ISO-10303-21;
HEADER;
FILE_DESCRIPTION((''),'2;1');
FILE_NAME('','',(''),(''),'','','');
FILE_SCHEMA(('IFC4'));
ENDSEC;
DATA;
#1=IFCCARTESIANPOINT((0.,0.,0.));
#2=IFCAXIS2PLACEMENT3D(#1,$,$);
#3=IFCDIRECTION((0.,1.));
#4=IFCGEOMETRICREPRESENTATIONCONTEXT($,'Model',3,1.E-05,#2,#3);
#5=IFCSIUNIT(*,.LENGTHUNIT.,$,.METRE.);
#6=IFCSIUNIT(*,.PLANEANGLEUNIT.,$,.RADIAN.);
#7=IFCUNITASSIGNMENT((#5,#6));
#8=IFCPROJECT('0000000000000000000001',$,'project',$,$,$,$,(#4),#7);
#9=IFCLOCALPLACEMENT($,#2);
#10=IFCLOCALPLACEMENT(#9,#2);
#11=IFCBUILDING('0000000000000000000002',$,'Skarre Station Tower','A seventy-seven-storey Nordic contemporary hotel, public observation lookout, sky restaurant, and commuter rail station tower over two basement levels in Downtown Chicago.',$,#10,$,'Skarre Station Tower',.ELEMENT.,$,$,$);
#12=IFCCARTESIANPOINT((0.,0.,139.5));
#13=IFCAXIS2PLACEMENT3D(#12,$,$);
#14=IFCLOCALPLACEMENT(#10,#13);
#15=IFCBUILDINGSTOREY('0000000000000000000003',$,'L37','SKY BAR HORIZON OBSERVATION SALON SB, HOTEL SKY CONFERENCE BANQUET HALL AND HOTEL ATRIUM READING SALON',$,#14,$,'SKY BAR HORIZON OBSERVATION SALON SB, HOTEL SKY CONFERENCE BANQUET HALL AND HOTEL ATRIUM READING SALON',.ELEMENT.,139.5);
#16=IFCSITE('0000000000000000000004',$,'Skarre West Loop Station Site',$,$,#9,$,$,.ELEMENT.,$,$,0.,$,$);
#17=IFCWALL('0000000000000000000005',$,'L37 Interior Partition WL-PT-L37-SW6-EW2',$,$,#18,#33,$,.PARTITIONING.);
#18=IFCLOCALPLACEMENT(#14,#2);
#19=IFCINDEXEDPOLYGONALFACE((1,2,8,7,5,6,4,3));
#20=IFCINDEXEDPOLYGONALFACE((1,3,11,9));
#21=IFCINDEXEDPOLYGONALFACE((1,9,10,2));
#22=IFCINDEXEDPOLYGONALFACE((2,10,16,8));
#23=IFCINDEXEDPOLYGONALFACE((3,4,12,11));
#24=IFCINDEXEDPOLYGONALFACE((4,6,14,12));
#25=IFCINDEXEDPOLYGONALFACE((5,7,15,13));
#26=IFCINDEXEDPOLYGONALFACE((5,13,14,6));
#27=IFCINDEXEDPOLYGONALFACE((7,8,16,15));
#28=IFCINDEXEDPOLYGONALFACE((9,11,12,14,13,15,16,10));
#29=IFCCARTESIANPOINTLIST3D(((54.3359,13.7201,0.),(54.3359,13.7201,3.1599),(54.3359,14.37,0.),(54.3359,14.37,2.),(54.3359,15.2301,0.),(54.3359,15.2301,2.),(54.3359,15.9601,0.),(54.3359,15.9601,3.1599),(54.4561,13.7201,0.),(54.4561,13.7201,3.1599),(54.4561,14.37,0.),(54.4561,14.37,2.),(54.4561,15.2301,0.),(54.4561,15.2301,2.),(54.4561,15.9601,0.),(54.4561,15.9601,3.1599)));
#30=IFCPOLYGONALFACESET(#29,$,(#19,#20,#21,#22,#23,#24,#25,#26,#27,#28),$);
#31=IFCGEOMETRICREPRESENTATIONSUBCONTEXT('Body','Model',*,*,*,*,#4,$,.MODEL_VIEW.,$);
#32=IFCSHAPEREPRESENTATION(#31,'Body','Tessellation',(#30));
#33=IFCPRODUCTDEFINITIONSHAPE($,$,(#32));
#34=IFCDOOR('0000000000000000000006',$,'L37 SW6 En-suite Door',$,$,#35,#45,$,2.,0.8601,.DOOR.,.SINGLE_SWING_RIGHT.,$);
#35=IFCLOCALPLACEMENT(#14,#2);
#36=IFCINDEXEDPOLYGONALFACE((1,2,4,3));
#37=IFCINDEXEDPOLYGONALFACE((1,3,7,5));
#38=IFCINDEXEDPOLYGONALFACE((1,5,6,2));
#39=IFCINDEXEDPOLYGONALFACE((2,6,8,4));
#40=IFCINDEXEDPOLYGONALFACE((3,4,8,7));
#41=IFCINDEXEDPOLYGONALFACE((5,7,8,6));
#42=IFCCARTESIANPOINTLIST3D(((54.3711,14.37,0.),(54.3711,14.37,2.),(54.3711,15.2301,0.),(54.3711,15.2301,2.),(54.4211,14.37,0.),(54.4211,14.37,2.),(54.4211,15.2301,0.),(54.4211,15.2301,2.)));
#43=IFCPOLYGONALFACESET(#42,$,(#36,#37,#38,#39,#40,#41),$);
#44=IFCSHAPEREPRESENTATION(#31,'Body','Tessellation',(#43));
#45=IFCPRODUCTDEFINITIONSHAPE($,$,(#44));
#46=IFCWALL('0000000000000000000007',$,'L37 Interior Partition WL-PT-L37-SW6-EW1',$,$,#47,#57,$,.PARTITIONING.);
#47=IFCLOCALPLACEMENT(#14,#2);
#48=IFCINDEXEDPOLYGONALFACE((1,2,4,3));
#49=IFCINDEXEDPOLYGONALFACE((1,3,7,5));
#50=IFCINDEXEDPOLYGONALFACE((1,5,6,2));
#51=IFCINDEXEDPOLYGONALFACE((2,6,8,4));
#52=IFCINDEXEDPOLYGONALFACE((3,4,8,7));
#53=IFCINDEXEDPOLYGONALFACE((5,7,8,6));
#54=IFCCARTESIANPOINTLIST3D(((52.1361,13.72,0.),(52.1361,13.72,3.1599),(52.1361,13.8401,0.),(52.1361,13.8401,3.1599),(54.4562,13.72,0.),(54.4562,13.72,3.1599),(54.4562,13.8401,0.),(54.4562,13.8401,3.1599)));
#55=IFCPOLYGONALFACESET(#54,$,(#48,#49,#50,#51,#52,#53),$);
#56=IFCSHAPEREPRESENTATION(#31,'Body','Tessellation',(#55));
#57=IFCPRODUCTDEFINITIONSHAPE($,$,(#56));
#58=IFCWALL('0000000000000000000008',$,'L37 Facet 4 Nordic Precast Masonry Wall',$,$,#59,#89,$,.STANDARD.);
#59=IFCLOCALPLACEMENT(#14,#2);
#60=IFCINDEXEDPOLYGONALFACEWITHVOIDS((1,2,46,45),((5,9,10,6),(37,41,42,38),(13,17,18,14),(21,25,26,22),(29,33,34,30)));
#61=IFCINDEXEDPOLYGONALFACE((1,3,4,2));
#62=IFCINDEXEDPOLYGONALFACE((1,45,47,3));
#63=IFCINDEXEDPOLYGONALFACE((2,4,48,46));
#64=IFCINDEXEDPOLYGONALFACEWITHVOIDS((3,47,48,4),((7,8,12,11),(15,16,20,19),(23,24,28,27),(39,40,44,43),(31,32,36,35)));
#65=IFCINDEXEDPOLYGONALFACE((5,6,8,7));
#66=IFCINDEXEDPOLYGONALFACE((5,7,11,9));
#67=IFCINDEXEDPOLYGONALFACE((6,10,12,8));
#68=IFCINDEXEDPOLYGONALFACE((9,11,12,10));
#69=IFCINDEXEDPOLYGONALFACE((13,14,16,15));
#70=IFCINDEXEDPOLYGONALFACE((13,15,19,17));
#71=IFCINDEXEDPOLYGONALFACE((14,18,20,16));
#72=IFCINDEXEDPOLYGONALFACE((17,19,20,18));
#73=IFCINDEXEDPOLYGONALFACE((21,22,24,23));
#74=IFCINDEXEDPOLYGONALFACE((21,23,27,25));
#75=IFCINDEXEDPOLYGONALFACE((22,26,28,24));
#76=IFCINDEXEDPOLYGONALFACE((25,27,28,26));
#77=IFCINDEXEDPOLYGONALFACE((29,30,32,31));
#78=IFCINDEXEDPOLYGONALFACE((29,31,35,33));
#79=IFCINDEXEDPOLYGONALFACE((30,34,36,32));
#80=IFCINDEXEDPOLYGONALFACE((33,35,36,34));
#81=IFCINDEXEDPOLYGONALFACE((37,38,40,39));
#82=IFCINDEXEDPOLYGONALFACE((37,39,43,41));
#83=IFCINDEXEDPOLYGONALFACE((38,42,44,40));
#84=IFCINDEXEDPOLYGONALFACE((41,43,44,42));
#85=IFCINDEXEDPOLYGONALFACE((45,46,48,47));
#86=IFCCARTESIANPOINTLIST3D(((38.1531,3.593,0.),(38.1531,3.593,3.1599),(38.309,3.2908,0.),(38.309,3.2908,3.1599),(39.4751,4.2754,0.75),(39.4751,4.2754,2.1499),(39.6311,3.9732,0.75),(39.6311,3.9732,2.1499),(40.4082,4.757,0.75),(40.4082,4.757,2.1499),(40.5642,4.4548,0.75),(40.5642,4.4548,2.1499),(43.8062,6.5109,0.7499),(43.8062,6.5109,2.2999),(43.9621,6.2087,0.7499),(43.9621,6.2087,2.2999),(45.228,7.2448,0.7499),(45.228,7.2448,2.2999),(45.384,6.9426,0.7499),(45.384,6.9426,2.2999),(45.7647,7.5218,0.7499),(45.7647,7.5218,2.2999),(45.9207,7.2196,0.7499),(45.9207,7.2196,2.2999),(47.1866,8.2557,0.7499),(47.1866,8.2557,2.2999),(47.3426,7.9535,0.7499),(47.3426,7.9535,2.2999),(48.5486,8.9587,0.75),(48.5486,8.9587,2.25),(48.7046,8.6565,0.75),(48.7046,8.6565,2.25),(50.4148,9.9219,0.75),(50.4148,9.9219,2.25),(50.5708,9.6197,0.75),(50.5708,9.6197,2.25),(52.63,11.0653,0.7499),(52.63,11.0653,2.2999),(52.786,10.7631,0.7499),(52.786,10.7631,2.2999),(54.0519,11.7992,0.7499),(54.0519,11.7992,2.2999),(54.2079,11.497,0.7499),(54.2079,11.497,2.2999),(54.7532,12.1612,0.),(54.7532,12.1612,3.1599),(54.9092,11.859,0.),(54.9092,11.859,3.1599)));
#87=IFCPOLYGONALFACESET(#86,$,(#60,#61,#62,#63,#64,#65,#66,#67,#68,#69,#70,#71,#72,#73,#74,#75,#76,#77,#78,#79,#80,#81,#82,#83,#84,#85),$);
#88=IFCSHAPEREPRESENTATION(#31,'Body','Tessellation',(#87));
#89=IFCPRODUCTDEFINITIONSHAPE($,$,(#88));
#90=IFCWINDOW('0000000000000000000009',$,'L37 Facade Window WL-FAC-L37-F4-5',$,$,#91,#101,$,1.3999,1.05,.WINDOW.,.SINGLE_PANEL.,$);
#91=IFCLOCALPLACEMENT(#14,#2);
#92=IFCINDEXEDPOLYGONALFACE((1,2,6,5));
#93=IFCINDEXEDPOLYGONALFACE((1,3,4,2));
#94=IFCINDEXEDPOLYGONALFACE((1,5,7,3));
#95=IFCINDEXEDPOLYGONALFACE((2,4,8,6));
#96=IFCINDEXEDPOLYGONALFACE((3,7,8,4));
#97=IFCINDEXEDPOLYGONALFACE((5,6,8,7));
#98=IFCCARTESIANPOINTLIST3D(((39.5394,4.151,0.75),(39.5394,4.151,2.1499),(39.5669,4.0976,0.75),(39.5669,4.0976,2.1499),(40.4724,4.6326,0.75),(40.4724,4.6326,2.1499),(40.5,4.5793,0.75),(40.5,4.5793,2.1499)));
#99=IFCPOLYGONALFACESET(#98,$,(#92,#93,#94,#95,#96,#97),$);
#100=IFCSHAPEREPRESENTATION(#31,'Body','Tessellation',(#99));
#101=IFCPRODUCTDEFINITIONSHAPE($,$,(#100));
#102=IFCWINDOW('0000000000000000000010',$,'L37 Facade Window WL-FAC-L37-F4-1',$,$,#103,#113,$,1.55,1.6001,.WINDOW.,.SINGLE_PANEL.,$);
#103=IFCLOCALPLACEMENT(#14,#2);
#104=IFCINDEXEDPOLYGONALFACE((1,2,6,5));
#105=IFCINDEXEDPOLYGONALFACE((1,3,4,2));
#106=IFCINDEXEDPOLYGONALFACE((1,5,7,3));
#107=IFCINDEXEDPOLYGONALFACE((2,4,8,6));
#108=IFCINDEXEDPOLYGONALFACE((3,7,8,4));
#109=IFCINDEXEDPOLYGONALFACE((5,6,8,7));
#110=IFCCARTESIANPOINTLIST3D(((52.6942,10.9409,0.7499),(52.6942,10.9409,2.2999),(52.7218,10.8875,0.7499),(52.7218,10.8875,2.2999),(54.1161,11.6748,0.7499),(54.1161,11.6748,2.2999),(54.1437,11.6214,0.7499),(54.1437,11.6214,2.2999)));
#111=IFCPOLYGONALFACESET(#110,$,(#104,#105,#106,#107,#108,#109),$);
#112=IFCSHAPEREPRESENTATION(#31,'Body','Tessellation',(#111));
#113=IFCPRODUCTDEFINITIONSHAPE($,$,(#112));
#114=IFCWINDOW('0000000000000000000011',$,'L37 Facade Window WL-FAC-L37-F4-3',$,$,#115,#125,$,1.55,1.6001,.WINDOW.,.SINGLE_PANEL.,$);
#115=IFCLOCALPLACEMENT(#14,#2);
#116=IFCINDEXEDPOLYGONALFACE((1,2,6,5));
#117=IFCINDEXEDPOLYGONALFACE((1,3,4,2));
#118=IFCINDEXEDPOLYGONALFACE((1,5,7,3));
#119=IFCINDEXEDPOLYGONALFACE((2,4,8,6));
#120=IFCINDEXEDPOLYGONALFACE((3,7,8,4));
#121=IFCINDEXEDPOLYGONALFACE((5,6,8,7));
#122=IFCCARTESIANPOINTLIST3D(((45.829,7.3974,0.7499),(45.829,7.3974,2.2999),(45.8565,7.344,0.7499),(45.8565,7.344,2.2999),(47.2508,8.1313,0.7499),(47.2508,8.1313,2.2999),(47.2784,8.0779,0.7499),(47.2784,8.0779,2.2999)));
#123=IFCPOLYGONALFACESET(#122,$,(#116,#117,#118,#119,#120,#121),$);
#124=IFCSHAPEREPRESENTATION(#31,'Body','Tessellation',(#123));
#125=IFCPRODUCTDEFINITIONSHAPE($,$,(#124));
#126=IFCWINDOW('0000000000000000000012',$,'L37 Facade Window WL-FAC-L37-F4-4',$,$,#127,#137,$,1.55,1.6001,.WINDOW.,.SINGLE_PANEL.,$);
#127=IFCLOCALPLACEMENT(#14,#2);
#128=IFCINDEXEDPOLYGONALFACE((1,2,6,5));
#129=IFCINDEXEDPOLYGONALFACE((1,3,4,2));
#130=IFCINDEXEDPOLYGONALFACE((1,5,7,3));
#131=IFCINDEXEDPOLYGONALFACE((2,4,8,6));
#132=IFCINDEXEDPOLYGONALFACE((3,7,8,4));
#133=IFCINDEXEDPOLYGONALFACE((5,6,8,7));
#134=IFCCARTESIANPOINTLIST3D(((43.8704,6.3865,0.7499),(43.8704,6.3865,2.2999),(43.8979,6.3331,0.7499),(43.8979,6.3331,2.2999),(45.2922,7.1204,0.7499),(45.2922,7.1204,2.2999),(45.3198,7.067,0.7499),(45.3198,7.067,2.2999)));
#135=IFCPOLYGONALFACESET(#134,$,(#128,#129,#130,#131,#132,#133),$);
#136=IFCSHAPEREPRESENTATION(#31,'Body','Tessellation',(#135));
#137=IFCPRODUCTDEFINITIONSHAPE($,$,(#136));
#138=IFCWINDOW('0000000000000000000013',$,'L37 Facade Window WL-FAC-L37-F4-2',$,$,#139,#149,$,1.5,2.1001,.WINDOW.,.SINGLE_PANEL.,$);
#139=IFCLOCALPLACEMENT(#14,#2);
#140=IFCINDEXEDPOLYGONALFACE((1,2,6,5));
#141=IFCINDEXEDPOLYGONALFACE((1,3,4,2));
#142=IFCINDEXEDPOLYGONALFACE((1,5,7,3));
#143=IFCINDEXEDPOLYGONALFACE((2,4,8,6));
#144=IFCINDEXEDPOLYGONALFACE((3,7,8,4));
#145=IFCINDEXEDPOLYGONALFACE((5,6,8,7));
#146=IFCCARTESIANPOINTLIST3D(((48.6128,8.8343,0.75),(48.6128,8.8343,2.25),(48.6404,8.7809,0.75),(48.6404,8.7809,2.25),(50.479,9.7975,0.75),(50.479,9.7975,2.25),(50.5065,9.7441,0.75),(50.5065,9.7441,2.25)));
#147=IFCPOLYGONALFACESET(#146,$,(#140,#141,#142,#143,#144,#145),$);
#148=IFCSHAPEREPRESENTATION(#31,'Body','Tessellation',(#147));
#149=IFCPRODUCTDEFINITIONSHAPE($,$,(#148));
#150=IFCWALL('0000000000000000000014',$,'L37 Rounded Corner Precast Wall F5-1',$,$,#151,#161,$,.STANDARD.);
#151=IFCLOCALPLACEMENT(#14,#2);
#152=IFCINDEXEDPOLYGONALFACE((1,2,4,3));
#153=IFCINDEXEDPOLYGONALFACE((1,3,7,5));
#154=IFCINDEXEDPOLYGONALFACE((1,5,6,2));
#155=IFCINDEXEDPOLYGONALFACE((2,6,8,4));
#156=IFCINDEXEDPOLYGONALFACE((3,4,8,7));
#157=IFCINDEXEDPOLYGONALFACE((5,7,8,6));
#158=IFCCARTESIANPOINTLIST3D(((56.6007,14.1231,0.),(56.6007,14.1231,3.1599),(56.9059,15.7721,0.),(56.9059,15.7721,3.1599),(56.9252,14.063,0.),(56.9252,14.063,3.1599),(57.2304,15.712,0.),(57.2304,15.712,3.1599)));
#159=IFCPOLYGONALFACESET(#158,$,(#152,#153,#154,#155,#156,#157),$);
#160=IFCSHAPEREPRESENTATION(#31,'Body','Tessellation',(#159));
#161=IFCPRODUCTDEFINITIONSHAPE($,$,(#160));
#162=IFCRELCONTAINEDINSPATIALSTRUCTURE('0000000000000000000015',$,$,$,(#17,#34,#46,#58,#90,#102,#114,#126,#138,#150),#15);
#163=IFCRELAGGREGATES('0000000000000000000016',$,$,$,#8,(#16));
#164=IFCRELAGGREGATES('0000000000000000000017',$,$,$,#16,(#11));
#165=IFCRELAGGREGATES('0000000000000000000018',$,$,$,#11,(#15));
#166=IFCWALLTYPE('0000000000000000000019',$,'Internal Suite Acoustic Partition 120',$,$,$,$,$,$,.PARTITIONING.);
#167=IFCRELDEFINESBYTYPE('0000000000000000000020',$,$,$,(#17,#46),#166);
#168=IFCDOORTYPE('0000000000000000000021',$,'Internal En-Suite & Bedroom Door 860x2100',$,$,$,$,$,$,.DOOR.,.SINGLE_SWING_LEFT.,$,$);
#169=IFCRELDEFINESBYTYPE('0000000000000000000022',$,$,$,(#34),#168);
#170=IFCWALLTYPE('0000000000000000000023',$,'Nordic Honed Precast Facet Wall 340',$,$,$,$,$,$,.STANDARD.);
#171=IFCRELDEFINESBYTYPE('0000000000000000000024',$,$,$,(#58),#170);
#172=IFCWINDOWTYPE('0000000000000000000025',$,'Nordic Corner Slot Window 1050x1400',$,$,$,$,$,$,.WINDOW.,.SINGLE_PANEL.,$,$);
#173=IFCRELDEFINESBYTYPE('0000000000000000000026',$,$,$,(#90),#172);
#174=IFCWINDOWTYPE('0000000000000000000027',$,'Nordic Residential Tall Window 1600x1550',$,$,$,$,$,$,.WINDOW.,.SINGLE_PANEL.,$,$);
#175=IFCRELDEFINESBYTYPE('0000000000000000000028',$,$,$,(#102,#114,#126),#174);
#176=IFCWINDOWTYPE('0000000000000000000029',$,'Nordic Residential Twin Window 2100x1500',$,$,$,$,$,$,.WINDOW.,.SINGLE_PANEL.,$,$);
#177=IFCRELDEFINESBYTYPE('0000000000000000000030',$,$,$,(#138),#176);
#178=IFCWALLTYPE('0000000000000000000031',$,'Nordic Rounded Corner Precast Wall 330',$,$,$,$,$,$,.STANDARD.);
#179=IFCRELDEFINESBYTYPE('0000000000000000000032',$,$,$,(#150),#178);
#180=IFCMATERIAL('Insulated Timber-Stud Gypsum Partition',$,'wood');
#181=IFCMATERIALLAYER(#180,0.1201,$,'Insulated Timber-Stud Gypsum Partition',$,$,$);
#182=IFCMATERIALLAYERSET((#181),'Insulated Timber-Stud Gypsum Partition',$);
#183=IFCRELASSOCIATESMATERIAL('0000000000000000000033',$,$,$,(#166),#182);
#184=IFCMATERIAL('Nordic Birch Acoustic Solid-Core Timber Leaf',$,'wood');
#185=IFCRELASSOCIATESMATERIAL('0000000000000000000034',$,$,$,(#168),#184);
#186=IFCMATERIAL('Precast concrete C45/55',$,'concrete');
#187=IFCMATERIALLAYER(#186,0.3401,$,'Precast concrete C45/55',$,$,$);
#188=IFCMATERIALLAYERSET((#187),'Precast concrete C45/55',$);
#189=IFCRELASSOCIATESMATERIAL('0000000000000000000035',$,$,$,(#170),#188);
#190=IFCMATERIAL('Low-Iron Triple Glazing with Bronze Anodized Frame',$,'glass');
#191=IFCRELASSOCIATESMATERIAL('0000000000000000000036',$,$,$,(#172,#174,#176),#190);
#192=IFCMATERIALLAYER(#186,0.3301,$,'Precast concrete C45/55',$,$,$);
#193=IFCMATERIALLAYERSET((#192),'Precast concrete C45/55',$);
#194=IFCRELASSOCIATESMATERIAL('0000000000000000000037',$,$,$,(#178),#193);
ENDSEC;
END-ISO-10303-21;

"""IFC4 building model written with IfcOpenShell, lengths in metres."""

from ifc_helpers import new_model, si_unit, direction, frame, frame_2d, origin, place, context, subcontext, project, spatial, rectangle, extrude, material, layer, layer_set, type_object, element, fill, save


model = new_model("IFC4")

# Units and contexts
model_context = context("Model", 3, precision=1e-05, world=origin(), true_north=direction((0.0, 1.0)))
body_context = subcontext(model_context, "Body", "Model", "MODEL_VIEW")
ifc_project = project(units=[si_unit("LENGTHUNIT", "METRE"), si_unit("PLANEANGLEUNIT", "RADIAN")], contexts=[model_context])

# Site, building, storey
site_placement = place(None, origin())
site = spatial("IfcSite", under=ifc_project, at=site_placement, Name="Skarre West Loop Station Site", CompositionType="ELEMENT", RefElevation=0.0)
building_placement = place(site_placement, origin())
building = spatial("IfcBuilding", under=site, at=building_placement, Name="Skarre Station Tower", Description="A seventy-seven-storey Nordic contemporary hotel, public observation lookout, sky restaurant, and commuter rail station tower over two basement levels in Downtown Chicago.", LongName="Skarre Station Tower", CompositionType="ELEMENT")
storey_placement = place(building_placement, frame((0.0, 0.0, 139.5)))
storey = spatial("IfcBuildingStorey", under=building, at=storey_placement, Name="L37", Description="SKY BAR HORIZON OBSERVATION SALON SB, HOTEL SKY CONFERENCE BANQUET HALL AND HOTEL ATRIUM READING SALON", LongName="SKY BAR HORIZON OBSERVATION SALON SB, HOTEL SKY CONFERENCE BANQUET HALL AND HOTEL ATRIUM READING SALON", CompositionType="ELEMENT", Elevation=139.5)

# Wall, opening, door
ifc_material_1 = material(Name="Insulated Timber-Stud Gypsum Partition", Category="wood")
ifc_layer_1 = layer(ifc_material_1, 0.1201, Name="Insulated Timber-Stud Gypsum Partition")
ifc_layer_set_1 = layer_set([ifc_layer_1], Name="Insulated Timber-Stud Gypsum Partition")
wall_type_1 = type_object("IfcWallType", Name="Internal Suite Acoustic Partition 120", PredefinedType="PARTITIONING", material=ifc_layer_set_1)
wall_1_placement = place(storey_placement, frame((54.396, 13.72, 0.0), z_axis=(0.0, 0.0, 1.0), x_axis=(0.0, 1.0, 0.0)))
wall_1 = element("IfcWall", 1, at=wall_1_placement, inside=storey, type_object=wall_type_1, Name="L37 Interior Partition WL-PT-L37-SW6-EW2", PredefinedType="PARTITIONING", context=body_context, shape_type="SweptSolid", body=[
    extrude(rectangle(XDim=2.24, YDim=0.1201, at=frame_2d((1.1201, 0.0))), origin(), (0.0, 0.0, 1.0), 3.1599),
])
opening_1_placement = place(wall_1_placement, frame((0.6499, 0.0, 0.0)))
opening_1 = element("IfcOpeningElement", 2, at=opening_1_placement, cuts=wall_1, PredefinedType="OPENING", context=body_context, shape_type="SweptSolid", body=[
    extrude(rectangle(XDim=0.8601, YDim=2.0, at=frame_2d((0.4302, 1.0))), frame((0.0, 0.0701, 0.0), z_axis=(0.0, -1.0, 0.0), x_axis=(1.0, 0.0, 0.0)), (0.0, 0.0, 1.0), 0.1401),
])
ifc_material_2 = material(Name="Nordic Birch Acoustic Solid-Core Timber Leaf", Category="wood")
door_type_1 = type_object("IfcDoorType", Name="Internal En-Suite & Bedroom Door 860x2100", OperationType="SINGLE_SWING_LEFT", PredefinedType="DOOR", material=ifc_material_2)
door_1_placement = place(opening_1_placement, origin())
door_1 = element("IfcDoor", 3, at=door_1_placement, inside=storey, type_object=door_type_1, Name="L37 SW6 En-suite Door", OperationType="SINGLE_SWING_RIGHT", OverallHeight=2.0, OverallWidth=0.8601, PredefinedType="DOOR", context=body_context, shape_type="SweptSolid", body=[
    extrude(rectangle(XDim=0.8601, YDim=2.0, at=frame_2d((0.4302, 1.0))), frame((0.0, 0.0249, 0.0), z_axis=(0.0, -1.0, 0.0), x_axis=(1.0, 0.0, 0.0)), (0.0, 0.0, 1.0), 0.05),
])
fill(opening_1, door_1)

# Wall
wall_2_placement = place(storey_placement, frame((52.136, 13.78, 0.0), z_axis=(0.0, 0.0, 1.0), x_axis=(1.0, 0.0, 0.0)))
element("IfcWall", 4, at=wall_2_placement, inside=storey, type_object=wall_type_1, Name="L37 Interior Partition WL-PT-L37-SW6-EW1", PredefinedType="PARTITIONING", context=body_context, shape_type="SweptSolid", body=[
    extrude(rectangle(XDim=2.3201, YDim=0.1201, at=frame_2d((1.1602, 0.0))), origin(), (0.0, 0.0, 1.0), 3.1599),
])

# Wall, openings, windows
ifc_material_3 = material(Name="Precast concrete C45/55", Category="concrete")
ifc_layer_2 = layer(ifc_material_3, 0.3401, Name="Precast concrete C45/55")
ifc_layer_set_2 = layer_set([ifc_layer_2], Name="Precast concrete C45/55")
wall_type_2 = type_object("IfcWallType", Name="Nordic Honed Precast Facet Wall 340", PredefinedType="STANDARD", material=ifc_layer_set_2)
wall_3_placement = place(storey_placement, frame((54.8311, 12.01, 0.0), z_axis=(0.0, 0.0, 1.0), x_axis=(-0.888614, -0.458657, 0.0)))
wall_3 = element("IfcWall", 5, at=wall_3_placement, inside=storey, type_object=wall_type_2, Name="L37 Facet 4 Nordic Precast Masonry Wall", PredefinedType="STANDARD", context=body_context, shape_type="SweptSolid", body=[
    extrude(rectangle(XDim=18.6809, YDim=0.3401, at=frame_2d((9.3403, 0.0))), origin(), (0.0, 0.0, 1.0), 3.1599),
])
opening_2_placement = place(wall_3_placement, frame((0.7891, 0.0, 0.75)))
opening_2 = element("IfcOpeningElement", 6, at=opening_2_placement, cuts=wall_3, PredefinedType="OPENING", context=body_context, shape_type="SweptSolid", body=[
    extrude(rectangle(XDim=1.6001, YDim=1.55, at=frame_2d((0.8, 0.7749))), frame((0.0, 0.1799, 0.0), z_axis=(0.0, -1.0, 0.0), x_axis=(1.0, 0.0, 0.0)), (0.0, 0.0, 1.0), 0.3601),
])
opening_3_placement = place(wall_3_placement, frame((4.8821, 0.0, 0.75)))
opening_3 = element("IfcOpeningElement", 7, at=opening_3_placement, cuts=wall_3, PredefinedType="OPENING", context=body_context, shape_type="SweptSolid", body=[
    extrude(rectangle(XDim=2.1001, YDim=1.5, at=frame_2d((1.05, 0.75))), frame((0.0, 0.1799, 0.0), z_axis=(0.0, -1.0, 0.0), x_axis=(1.0, 0.0, 0.0)), (0.0, 0.0, 1.0), 0.3601),
])
opening_4_placement = place(wall_3_placement, frame((8.5149, 0.0, 0.75)))
opening_4 = element("IfcOpeningElement", 8, at=opening_4_placement, cuts=wall_3, PredefinedType="OPENING", context=body_context, shape_type="SweptSolid", body=[
    extrude(rectangle(XDim=1.6001, YDim=1.55, at=frame_2d((0.8, 0.7749))), frame((0.0, 0.1799, 0.0), z_axis=(0.0, -1.0, 0.0), x_axis=(1.0, 0.0, 0.0)), (0.0, 0.0, 1.0), 0.3601),
])
opening_5_placement = place(wall_3_placement, frame((10.719, 0.0, 0.75)))
opening_5 = element("IfcOpeningElement", 9, at=opening_5_placement, cuts=wall_3, PredefinedType="OPENING", context=body_context, shape_type="SweptSolid", body=[
    extrude(rectangle(XDim=1.6001, YDim=1.55, at=frame_2d((0.8, 0.7749))), frame((0.0, 0.1799, 0.0), z_axis=(0.0, -1.0, 0.0), x_axis=(1.0, 0.0, 0.0)), (0.0, 0.0, 1.0), 0.3601),
])
opening_6_placement = place(wall_3_placement, frame((16.1431, 0.0, 0.75)))
opening_6 = element("IfcOpeningElement", 10, at=opening_6_placement, cuts=wall_3, PredefinedType="OPENING", context=body_context, shape_type="SweptSolid", body=[
    extrude(rectangle(XDim=1.05, YDim=1.3999, at=frame_2d((0.5249, 0.7))), frame((0.0, 0.1799, 0.0), z_axis=(0.0, -1.0, 0.0), x_axis=(1.0, 0.0, 0.0)), (0.0, 0.0, 1.0), 0.3601),
])
ifc_material_4 = material(Name="Low-Iron Triple Glazing with Bronze Anodized Frame", Category="glass")
window_type_1 = type_object("IfcWindowType", Name="Nordic Corner Slot Window 1050x1400", PartitioningType="SINGLE_PANEL", PredefinedType="WINDOW", material=ifc_material_4)
window_1_placement = place(opening_6_placement, origin())
window_1 = element("IfcWindow", 11, at=window_1_placement, inside=storey, type_object=window_type_1, Name="L37 Facade Window WL-FAC-L37-F4-5", OverallHeight=1.3999, OverallWidth=1.05, PartitioningType="SINGLE_PANEL", PredefinedType="WINDOW", context=body_context, shape_type="SweptSolid", body=[
    extrude(rectangle(XDim=1.05, YDim=1.3999, at=frame_2d((0.5249, 0.7))), frame((0.0, 0.03, 0.0), z_axis=(0.0, -1.0, 0.0), x_axis=(1.0, 0.0, 0.0)), (0.0, 0.0, 1.0), 0.0601),
])
fill(opening_6, window_1)
window_type_2 = type_object("IfcWindowType", Name="Nordic Residential Tall Window 1600x1550", PartitioningType="SINGLE_PANEL", PredefinedType="WINDOW", material=ifc_material_4)
window_2_placement = place(opening_2_placement, origin())
window_2 = element("IfcWindow", 12, at=window_2_placement, inside=storey, type_object=window_type_2, Name="L37 Facade Window WL-FAC-L37-F4-1", OverallHeight=1.55, OverallWidth=1.6001, PartitioningType="SINGLE_PANEL", PredefinedType="WINDOW", context=body_context, shape_type="SweptSolid", body=[
    extrude(rectangle(XDim=1.6001, YDim=1.55, at=frame_2d((0.8, 0.7749))), frame((0.0, 0.03, 0.0), z_axis=(0.0, -1.0, 0.0), x_axis=(1.0, 0.0, 0.0)), (0.0, 0.0, 1.0), 0.0601),
])
fill(opening_2, window_2)
window_3_placement = place(opening_4_placement, origin())
window_3 = element("IfcWindow", 13, at=window_3_placement, inside=storey, type_object=window_type_2, Name="L37 Facade Window WL-FAC-L37-F4-3", OverallHeight=1.55, OverallWidth=1.6001, PartitioningType="SINGLE_PANEL", PredefinedType="WINDOW", context=body_context, shape_type="SweptSolid", body=[
    extrude(rectangle(XDim=1.6001, YDim=1.55, at=frame_2d((0.8, 0.7749))), frame((0.0, 0.03, 0.0), z_axis=(0.0, -1.0, 0.0), x_axis=(1.0, 0.0, 0.0)), (0.0, 0.0, 1.0), 0.0601),
])
fill(opening_4, window_3)
window_4_placement = place(opening_5_placement, origin())
window_4 = element("IfcWindow", 14, at=window_4_placement, inside=storey, type_object=window_type_2, Name="L37 Facade Window WL-FAC-L37-F4-4", OverallHeight=1.55, OverallWidth=1.6001, PartitioningType="SINGLE_PANEL", PredefinedType="WINDOW", context=body_context, shape_type="SweptSolid", body=[
    extrude(rectangle(XDim=1.6001, YDim=1.55, at=frame_2d((0.8, 0.7749))), frame((0.0, 0.03, 0.0), z_axis=(0.0, -1.0, 0.0), x_axis=(1.0, 0.0, 0.0)), (0.0, 0.0, 1.0), 0.0601),
])
fill(opening_5, window_4)
window_type_3 = type_object("IfcWindowType", Name="Nordic Residential Twin Window 2100x1500", PartitioningType="SINGLE_PANEL", PredefinedType="WINDOW", material=ifc_material_4)
window_5_placement = place(opening_3_placement, origin())
window_5 = element("IfcWindow", 15, at=window_5_placement, inside=storey, type_object=window_type_3, Name="L37 Facade Window WL-FAC-L37-F4-2", OverallHeight=1.5, OverallWidth=2.1001, PartitioningType="SINGLE_PANEL", PredefinedType="WINDOW", context=body_context, shape_type="SweptSolid", body=[
    extrude(rectangle(XDim=2.1001, YDim=1.5, at=frame_2d((1.05, 0.75))), frame((0.0, 0.03, 0.0), z_axis=(0.0, -1.0, 0.0), x_axis=(1.0, 0.0, 0.0)), (0.0, 0.0, 1.0), 0.0601),
])
fill(opening_3, window_5)

# Wall
ifc_layer_3 = layer(ifc_material_3, 0.3301, Name="Precast concrete C45/55")
ifc_layer_set_3 = layer_set([ifc_layer_3], Name="Precast concrete C45/55")
wall_type_3 = type_object("IfcWallType", Name="Nordic Rounded Corner Precast Wall 330", PredefinedType="STANDARD", material=ifc_layer_set_3)
wall_4_placement = place(storey_placement, frame((57.0681, 15.7419, 0.0), z_axis=(0.0, 0.0, 1.0), x_axis=(-0.181985, -0.983301, 0.0)))
element("IfcWall", 16, at=wall_4_placement, inside=storey, type_object=wall_type_3, Name="L37 Rounded Corner Precast Wall F5-1", PredefinedType="STANDARD", context=body_context, shape_type="SweptSolid", body=[
    extrude(rectangle(XDim=1.677, YDim=0.3301, at=frame_2d((0.8384, 0.0))), origin(), (0.0, 0.0, 1.0), 3.1599),
])

save(model, "model.ifc")
